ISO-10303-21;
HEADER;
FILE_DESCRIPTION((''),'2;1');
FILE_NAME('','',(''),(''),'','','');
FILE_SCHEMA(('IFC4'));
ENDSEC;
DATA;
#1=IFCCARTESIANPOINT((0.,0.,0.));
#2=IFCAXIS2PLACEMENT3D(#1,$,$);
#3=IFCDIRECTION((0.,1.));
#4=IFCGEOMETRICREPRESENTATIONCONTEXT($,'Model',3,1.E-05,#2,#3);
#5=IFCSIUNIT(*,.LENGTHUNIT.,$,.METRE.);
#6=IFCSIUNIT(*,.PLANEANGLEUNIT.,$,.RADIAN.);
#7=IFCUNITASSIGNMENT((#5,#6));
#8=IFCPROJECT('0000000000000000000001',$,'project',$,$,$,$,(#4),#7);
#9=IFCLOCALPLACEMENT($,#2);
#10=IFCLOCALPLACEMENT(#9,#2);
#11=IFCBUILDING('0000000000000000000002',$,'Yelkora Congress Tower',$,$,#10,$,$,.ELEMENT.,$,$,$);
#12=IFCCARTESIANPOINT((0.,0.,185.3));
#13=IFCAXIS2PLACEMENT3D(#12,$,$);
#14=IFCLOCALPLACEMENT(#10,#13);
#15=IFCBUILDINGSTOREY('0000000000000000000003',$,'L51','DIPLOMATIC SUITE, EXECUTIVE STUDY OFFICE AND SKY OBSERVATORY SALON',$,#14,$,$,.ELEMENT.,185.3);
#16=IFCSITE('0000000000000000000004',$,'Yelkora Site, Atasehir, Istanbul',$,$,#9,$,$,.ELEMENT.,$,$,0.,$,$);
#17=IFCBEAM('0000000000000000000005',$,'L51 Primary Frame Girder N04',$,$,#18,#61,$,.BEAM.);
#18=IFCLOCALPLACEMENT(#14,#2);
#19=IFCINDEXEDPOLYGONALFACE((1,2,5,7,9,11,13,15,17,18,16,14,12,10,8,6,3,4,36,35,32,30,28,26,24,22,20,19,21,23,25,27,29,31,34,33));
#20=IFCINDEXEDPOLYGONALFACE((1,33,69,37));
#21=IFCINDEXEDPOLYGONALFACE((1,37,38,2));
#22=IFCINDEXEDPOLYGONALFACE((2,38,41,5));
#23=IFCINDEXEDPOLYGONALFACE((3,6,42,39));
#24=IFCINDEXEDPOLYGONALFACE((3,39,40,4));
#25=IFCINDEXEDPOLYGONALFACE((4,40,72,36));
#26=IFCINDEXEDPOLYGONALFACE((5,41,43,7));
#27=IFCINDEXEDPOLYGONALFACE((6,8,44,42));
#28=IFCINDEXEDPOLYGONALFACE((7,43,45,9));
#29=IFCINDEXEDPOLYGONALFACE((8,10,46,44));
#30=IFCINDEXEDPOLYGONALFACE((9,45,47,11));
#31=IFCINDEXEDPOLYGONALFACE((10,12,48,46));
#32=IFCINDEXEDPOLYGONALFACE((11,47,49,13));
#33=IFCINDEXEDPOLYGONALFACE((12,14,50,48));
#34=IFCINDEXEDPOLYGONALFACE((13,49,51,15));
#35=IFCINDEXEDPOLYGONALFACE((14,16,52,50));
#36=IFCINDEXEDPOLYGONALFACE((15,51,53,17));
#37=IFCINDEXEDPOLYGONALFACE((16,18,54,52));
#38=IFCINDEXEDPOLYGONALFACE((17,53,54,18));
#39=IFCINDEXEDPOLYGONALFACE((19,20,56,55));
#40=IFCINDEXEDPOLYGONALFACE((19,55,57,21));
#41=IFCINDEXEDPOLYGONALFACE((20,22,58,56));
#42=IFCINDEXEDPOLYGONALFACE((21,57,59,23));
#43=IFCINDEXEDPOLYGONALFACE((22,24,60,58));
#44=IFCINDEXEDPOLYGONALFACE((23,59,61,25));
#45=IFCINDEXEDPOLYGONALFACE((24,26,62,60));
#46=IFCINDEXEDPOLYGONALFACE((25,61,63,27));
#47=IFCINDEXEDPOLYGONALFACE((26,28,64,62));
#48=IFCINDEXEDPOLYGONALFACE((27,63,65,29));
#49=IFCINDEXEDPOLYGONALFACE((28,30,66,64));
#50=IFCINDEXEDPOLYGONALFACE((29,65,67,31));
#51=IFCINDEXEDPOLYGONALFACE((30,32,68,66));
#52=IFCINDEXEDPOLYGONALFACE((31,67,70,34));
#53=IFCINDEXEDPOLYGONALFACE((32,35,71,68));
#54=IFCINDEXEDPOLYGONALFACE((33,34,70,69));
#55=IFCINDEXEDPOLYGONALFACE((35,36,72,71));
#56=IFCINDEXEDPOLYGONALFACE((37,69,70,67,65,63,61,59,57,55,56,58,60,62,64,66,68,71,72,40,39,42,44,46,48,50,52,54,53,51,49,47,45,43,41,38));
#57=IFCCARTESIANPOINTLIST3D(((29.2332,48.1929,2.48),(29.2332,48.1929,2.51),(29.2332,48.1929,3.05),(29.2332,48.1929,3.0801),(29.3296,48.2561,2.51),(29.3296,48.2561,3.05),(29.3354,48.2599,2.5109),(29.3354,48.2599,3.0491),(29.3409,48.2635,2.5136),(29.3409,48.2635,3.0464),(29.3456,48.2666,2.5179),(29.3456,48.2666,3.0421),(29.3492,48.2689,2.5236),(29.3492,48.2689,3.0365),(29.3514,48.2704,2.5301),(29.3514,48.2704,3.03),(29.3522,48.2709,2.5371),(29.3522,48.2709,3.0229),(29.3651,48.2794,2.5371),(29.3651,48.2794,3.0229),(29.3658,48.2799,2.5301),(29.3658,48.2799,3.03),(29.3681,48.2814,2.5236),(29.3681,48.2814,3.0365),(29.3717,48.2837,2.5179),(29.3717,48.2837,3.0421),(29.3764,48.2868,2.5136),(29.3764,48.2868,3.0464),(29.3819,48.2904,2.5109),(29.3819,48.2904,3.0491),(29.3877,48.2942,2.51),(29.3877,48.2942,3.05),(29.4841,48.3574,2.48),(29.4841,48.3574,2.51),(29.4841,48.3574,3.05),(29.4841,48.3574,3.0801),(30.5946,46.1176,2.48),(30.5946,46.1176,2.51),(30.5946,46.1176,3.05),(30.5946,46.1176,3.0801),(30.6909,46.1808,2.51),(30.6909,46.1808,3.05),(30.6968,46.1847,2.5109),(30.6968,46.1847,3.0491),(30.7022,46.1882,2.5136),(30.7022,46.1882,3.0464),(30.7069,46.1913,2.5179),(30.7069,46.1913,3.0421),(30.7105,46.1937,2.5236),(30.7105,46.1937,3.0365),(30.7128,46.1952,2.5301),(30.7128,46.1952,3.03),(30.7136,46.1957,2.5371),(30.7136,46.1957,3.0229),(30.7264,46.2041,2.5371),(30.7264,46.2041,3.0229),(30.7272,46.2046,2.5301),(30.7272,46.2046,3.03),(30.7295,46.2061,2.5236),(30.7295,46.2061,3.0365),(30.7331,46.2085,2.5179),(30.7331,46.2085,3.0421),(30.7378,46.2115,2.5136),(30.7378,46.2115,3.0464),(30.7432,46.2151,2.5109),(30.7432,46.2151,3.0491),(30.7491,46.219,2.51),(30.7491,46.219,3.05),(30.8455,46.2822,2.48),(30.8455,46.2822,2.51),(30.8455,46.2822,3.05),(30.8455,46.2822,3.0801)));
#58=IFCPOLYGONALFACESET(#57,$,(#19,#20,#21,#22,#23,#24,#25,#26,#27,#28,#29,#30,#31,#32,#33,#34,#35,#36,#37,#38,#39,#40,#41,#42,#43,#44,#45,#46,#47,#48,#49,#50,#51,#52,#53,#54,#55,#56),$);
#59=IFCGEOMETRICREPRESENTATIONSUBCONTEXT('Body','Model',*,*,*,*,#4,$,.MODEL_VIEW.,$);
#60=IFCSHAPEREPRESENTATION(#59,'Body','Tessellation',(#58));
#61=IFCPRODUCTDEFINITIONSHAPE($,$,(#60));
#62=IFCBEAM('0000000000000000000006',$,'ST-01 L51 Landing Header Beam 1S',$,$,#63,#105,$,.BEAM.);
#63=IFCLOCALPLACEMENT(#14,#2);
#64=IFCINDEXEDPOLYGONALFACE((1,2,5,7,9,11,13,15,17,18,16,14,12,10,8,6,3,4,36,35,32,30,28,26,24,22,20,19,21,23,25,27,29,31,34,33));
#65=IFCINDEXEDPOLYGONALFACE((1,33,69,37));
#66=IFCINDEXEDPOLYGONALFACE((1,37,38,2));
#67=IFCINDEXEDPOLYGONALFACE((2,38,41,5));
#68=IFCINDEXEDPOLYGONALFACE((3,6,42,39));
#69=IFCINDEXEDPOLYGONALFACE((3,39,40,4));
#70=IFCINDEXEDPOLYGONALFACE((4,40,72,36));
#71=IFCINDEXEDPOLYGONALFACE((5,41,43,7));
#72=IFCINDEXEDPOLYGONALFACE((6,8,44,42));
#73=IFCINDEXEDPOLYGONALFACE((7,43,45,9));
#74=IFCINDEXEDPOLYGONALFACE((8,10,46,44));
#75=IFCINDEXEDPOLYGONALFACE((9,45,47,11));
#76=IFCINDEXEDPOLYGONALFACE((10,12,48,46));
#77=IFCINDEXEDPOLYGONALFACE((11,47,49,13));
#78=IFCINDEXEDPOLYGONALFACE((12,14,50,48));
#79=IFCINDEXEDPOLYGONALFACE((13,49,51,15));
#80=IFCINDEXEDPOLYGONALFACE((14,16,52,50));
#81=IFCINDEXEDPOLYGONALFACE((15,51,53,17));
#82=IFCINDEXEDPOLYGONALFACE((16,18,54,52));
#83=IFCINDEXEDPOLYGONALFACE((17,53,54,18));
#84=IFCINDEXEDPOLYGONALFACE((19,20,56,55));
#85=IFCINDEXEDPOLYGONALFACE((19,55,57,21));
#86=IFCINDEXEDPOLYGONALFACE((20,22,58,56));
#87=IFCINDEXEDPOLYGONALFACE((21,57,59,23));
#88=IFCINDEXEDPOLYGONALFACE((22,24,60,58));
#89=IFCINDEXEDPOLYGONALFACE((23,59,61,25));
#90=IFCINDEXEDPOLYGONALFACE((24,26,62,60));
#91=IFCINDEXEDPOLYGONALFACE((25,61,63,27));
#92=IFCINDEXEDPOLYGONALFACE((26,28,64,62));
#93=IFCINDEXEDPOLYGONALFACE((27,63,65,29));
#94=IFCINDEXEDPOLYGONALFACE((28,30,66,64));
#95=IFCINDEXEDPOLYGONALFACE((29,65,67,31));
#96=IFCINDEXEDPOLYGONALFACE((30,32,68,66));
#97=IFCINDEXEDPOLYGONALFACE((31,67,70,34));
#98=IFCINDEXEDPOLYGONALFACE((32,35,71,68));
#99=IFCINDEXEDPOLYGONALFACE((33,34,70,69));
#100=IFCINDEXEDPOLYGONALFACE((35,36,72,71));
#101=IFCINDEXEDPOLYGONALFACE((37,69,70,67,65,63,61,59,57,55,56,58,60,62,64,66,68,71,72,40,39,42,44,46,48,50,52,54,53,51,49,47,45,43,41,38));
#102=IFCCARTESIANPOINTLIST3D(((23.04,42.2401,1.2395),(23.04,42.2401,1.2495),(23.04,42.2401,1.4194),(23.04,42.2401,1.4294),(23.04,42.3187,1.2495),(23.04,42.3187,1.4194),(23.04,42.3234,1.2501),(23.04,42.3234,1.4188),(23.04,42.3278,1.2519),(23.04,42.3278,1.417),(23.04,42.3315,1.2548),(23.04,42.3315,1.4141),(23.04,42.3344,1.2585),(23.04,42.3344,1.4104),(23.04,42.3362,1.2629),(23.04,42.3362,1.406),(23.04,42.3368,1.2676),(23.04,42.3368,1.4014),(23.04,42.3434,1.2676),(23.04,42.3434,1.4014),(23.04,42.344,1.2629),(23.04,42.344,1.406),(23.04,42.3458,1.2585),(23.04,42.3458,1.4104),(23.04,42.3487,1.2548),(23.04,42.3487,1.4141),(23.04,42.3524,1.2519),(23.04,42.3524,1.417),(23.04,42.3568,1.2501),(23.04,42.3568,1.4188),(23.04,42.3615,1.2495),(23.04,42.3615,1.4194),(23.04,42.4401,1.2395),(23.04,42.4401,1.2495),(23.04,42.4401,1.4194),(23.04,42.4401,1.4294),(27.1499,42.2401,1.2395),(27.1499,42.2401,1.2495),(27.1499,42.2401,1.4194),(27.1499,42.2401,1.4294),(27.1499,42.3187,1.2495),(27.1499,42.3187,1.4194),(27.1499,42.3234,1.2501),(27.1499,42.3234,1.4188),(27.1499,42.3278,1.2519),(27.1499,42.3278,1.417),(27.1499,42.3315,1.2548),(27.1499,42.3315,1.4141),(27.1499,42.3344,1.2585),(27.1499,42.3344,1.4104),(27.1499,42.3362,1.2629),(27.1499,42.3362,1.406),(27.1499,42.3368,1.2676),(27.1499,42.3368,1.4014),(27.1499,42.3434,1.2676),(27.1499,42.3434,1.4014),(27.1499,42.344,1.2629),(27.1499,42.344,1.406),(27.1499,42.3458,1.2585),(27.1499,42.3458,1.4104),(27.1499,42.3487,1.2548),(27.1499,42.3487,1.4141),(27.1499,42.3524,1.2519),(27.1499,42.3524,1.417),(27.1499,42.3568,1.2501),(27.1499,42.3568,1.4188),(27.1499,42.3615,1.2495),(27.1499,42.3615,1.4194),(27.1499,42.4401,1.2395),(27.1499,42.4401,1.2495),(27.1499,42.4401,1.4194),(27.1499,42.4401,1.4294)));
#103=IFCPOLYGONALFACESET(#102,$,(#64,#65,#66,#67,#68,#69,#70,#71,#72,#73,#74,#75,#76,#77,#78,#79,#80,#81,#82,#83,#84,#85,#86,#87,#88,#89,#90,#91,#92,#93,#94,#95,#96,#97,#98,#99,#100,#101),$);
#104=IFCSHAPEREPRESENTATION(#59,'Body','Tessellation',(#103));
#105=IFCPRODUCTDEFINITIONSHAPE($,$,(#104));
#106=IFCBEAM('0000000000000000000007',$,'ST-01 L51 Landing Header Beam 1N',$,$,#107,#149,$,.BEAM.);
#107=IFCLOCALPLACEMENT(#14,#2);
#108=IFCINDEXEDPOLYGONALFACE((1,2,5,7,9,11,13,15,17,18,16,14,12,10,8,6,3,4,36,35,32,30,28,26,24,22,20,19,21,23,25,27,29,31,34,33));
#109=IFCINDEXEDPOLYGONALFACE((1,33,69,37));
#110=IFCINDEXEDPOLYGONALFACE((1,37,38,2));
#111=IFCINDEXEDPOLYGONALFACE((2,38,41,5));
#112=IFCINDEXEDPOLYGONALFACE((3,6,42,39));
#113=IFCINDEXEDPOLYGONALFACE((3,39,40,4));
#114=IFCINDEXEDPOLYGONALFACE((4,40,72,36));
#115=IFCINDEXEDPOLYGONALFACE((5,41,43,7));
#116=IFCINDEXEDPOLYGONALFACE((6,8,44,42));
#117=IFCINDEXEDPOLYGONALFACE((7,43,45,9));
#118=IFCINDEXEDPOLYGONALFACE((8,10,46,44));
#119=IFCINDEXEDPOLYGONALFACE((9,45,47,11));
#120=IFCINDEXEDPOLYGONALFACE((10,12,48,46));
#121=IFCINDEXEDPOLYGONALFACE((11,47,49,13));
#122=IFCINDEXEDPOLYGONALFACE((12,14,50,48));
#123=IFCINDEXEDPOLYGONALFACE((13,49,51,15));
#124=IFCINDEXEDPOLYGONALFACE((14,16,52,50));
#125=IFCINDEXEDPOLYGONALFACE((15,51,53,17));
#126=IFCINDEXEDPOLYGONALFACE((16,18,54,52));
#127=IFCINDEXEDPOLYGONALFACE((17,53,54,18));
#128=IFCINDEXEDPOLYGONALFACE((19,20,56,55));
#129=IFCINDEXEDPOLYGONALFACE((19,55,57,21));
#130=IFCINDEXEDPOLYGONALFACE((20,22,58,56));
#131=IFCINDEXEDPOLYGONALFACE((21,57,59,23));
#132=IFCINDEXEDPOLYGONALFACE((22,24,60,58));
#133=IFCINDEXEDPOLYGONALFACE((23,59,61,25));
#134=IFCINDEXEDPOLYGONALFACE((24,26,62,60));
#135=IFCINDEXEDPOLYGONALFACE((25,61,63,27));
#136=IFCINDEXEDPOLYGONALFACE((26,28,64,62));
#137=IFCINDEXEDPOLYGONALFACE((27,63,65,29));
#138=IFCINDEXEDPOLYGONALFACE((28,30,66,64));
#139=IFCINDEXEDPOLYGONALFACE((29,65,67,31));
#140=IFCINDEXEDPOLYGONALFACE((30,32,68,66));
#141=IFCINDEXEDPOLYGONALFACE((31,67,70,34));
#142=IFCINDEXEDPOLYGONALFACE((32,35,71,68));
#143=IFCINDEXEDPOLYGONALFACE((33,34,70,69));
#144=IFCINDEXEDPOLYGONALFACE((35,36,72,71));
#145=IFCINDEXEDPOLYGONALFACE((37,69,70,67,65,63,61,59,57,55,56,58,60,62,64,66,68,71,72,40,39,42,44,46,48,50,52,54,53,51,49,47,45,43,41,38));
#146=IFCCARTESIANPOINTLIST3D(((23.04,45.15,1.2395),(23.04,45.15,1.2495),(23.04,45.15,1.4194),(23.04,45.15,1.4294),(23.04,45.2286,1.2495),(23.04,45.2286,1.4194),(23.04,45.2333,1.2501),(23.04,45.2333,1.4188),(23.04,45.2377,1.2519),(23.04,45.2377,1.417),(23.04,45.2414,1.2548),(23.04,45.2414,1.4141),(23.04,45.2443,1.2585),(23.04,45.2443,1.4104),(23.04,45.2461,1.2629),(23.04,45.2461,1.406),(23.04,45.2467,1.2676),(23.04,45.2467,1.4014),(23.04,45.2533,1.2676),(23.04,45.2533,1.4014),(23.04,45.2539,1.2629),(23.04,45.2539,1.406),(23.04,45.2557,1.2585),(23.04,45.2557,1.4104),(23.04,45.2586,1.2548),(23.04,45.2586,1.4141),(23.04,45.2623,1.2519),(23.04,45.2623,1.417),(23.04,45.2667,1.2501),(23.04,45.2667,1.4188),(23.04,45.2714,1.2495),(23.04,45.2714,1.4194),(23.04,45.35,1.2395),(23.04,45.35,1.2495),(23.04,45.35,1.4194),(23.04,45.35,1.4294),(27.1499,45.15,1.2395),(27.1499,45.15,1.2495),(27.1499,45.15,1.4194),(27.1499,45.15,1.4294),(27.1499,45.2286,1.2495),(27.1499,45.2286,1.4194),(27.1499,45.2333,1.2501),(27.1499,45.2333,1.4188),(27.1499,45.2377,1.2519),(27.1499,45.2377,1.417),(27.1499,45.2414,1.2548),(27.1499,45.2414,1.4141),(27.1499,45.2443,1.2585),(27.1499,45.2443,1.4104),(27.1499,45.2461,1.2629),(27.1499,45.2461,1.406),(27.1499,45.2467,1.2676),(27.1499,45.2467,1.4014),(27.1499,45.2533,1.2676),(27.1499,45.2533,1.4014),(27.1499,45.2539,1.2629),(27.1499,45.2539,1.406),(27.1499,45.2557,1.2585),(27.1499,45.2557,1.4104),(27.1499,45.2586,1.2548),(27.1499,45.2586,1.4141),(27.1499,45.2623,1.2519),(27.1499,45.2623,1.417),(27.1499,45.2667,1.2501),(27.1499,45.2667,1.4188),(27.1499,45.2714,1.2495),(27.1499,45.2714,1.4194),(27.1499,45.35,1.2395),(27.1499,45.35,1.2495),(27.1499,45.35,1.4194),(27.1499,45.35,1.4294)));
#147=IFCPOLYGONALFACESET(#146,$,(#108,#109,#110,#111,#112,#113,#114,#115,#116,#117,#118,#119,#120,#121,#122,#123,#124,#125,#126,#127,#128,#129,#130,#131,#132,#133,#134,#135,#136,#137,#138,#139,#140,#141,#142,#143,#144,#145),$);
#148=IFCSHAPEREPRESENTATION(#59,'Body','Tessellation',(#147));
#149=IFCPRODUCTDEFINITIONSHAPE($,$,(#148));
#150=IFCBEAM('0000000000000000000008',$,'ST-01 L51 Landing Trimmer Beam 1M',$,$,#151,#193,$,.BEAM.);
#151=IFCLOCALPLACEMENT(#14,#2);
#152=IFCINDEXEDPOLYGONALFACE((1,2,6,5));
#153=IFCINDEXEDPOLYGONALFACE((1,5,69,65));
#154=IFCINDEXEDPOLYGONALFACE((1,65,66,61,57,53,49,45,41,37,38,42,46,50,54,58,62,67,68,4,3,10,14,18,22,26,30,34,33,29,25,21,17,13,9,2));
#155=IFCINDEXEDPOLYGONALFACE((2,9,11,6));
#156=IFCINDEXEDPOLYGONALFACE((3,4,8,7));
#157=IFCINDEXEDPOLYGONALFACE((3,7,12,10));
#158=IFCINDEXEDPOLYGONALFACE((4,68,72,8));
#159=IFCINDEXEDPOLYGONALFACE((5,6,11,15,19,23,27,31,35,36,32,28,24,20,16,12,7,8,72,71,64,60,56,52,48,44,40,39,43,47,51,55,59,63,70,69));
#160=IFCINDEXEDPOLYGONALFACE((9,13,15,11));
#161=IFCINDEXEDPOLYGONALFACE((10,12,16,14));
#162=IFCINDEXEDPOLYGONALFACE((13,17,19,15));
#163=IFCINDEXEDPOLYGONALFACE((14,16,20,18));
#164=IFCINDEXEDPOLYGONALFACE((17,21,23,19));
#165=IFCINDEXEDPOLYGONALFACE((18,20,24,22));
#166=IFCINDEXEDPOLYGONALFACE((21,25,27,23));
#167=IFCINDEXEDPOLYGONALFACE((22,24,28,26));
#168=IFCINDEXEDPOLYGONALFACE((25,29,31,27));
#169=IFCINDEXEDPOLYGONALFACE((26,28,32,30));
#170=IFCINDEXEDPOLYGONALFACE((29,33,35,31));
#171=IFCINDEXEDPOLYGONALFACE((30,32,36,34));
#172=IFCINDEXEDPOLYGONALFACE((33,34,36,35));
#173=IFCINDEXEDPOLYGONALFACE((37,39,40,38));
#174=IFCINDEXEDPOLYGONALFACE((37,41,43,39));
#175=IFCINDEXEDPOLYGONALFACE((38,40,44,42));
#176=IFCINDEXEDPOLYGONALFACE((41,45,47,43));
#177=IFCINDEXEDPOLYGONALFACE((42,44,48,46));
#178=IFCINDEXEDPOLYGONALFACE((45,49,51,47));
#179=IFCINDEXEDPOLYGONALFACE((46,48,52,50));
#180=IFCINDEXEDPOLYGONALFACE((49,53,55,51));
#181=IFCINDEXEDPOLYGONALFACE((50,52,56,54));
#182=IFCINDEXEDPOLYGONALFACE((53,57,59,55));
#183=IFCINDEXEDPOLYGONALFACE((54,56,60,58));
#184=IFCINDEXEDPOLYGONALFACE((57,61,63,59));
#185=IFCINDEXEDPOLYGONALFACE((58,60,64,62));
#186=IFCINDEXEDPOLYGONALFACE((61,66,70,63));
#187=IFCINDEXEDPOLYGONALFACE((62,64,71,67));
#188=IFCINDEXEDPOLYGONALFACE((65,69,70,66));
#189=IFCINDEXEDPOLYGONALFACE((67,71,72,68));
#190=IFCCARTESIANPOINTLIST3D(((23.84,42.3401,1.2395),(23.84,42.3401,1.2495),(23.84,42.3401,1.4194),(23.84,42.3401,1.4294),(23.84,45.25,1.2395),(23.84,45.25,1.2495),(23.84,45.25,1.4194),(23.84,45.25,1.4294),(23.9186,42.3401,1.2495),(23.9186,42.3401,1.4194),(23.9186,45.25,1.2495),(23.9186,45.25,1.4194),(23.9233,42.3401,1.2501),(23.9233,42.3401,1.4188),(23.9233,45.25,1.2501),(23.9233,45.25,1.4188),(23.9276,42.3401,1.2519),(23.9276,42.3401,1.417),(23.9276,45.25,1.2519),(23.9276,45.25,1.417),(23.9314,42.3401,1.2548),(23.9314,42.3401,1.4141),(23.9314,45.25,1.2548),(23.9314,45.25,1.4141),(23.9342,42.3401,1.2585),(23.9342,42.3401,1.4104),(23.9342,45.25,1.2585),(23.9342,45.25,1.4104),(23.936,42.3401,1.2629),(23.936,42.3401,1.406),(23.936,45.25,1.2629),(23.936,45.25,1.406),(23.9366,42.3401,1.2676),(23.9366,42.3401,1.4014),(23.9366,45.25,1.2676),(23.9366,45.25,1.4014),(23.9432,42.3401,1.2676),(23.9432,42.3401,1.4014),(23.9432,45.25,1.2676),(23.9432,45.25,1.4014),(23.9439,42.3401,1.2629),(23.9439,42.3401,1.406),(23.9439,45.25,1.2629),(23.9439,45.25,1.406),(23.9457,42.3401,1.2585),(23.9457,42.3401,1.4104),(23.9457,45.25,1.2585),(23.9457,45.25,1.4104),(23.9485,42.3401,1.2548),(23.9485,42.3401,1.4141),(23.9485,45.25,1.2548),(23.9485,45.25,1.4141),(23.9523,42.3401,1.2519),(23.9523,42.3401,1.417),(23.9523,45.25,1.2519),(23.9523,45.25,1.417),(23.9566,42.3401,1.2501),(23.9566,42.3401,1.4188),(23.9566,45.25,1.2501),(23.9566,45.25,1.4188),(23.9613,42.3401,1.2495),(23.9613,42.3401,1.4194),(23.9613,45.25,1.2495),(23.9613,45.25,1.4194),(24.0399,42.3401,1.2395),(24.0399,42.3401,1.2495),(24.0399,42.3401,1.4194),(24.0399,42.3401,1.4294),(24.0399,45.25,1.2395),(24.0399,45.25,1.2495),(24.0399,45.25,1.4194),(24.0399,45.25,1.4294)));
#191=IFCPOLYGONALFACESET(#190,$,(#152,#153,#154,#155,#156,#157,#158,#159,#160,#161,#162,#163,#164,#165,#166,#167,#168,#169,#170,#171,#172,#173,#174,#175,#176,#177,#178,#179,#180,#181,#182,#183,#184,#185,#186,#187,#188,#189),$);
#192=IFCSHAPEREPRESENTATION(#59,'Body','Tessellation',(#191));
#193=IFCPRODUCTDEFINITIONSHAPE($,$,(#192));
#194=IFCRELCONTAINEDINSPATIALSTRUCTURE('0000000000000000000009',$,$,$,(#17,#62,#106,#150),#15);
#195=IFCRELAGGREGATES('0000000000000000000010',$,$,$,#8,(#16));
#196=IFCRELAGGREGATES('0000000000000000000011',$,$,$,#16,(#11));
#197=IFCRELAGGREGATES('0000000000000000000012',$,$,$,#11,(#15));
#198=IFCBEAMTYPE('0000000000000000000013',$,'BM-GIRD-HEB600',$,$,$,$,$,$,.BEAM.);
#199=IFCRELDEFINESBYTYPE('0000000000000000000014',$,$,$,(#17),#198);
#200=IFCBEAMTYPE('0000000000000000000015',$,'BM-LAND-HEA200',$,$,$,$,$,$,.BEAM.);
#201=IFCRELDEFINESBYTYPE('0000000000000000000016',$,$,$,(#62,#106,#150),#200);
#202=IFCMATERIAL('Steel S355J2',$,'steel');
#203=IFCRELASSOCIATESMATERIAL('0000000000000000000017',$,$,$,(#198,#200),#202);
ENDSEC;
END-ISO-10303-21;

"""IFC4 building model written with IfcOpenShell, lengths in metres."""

from ifc_helpers import new_model, si_unit, direction, frame, origin, origin_2d, place, context, subcontext, project, spatial, i_section, extrude, material, material_profile, profile_set, type_object, element, save


model = new_model("IFC4")

# Units and contexts
model_context = context("Model", 3, precision=1e-05, world=origin(), true_north=direction((0.0, 1.0)))
body_context = subcontext(model_context, "Body", "Model", "MODEL_VIEW")
ifc_project = project(units=[si_unit("LENGTHUNIT", "METRE"), si_unit("PLANEANGLEUNIT", "RADIAN")], contexts=[model_context])

# Site, building, storey
site_placement = place(None, origin())
site = spatial("IfcSite", under=ifc_project, at=site_placement, Name="Yelkora Site, Atasehir, Istanbul", CompositionType="ELEMENT", RefElevation=0.0)
building_placement = place(site_placement, origin())
building = spatial("IfcBuilding", under=site, at=building_placement, Name="Yelkora Congress Tower", CompositionType="ELEMENT")
storey_placement = place(building_placement, frame((0.0, 0.0, 185.3)))
storey = spatial("IfcBuildingStorey", under=building, at=storey_placement, Name="L51", Description="DIPLOMATIC SUITE, EXECUTIVE STUDY OFFICE AND SKY OBSERVATORY SALON", CompositionType="ELEMENT", Elevation=185.3)

# Beams
ifc_material_1 = material(Name="Steel S355J2", Category="steel")
ifc_material_profile_1 = material_profile(ifc_material_1, i_section(OverallWidth=0.3, OverallDepth=0.6001, WebThickness=0.0154, FlangeThickness=0.03, FilletRadius=0.0271, at=origin_2d()), Name="HEB 600")
ifc_profile_set_1 = profile_set([ifc_material_profile_1], Name="Steel S355J2")
beam_type_1 = type_object("IfcBeamType", Name="BM-GIRD-HEB600", PredefinedType="BEAM", material=ifc_profile_set_1)
beam_1_placement = place(storey_placement, frame((29.3586, 48.2751, 2.78), z_axis=(0.54851, -0.836144, 0.0), x_axis=(0.836144, 0.54851, 0.0)))
element("IfcBeam", 1, at=beam_1_placement, inside=storey, type_object=beam_type_1, Name="L51 Primary Frame Girder N04", PredefinedType="BEAM", context=body_context, shape_type="SweptSolid", body=[
    extrude(i_section(OverallWidth=0.3, OverallDepth=0.6001, WebThickness=0.0154, FlangeThickness=0.03, FilletRadius=0.0271, at=origin_2d()), origin(), (0.0, 0.0, 1.0), 2.4819),
])
ifc_material_profile_2 = material_profile(ifc_material_1, i_section(OverallWidth=0.2, OverallDepth=0.1899, WebThickness=0.0066, FlangeThickness=0.01, FilletRadius=0.0181, at=origin_2d()), Name="HEA 200")
ifc_profile_set_2 = profile_set([ifc_material_profile_2], Name="Steel S355J2")
beam_type_2 = type_object("IfcBeamType", Name="BM-LAND-HEA200", PredefinedType="BEAM", material=ifc_profile_set_2)
for number, where, z_axis, x_axis, name in (
    (2, (23.04, 42.3401, 1.3345), (1.0, 0.0, 0.0), (0.0, 1.0, 0.0), "ST-01 L51 Landing Header Beam 1S"),
    (3, (23.04, 45.25, 1.3345), (1.0, 0.0, 0.0), (0.0, 1.0, 0.0), "ST-01 L51 Landing Header Beam 1N"),
):
    element("IfcBeam", number, at=place(storey_placement, frame(where, z_axis=z_axis, x_axis=x_axis)), inside=storey, type_object=beam_type_2, Name=name, PredefinedType="BEAM", context=body_context, shape_type="SweptSolid", body=[
        extrude(i_section(OverallWidth=0.2, OverallDepth=0.1899, WebThickness=0.0066, FlangeThickness=0.01, FilletRadius=0.0181, at=origin_2d()), origin(), (0.0, 0.0, 1.0), 4.1099),
    ])
beam_2_placement = place(storey_placement, frame((23.9399, 42.3401, 1.3345), z_axis=(0.0, 1.0, 0.0), x_axis=(-1.0, 0.0, 0.0)))
element("IfcBeam", 4, at=beam_2_placement, inside=storey, type_object=beam_type_2, Name="ST-01 L51 Landing Trimmer Beam 1M", PredefinedType="BEAM", context=body_context, shape_type="SweptSolid", body=[
    extrude(i_section(OverallWidth=0.2, OverallDepth=0.1899, WebThickness=0.0066, FlangeThickness=0.01, FilletRadius=0.0181, at=origin_2d()), origin(), (0.0, 0.0, 1.0), 2.9099),
])

save(model, "model.ifc")
